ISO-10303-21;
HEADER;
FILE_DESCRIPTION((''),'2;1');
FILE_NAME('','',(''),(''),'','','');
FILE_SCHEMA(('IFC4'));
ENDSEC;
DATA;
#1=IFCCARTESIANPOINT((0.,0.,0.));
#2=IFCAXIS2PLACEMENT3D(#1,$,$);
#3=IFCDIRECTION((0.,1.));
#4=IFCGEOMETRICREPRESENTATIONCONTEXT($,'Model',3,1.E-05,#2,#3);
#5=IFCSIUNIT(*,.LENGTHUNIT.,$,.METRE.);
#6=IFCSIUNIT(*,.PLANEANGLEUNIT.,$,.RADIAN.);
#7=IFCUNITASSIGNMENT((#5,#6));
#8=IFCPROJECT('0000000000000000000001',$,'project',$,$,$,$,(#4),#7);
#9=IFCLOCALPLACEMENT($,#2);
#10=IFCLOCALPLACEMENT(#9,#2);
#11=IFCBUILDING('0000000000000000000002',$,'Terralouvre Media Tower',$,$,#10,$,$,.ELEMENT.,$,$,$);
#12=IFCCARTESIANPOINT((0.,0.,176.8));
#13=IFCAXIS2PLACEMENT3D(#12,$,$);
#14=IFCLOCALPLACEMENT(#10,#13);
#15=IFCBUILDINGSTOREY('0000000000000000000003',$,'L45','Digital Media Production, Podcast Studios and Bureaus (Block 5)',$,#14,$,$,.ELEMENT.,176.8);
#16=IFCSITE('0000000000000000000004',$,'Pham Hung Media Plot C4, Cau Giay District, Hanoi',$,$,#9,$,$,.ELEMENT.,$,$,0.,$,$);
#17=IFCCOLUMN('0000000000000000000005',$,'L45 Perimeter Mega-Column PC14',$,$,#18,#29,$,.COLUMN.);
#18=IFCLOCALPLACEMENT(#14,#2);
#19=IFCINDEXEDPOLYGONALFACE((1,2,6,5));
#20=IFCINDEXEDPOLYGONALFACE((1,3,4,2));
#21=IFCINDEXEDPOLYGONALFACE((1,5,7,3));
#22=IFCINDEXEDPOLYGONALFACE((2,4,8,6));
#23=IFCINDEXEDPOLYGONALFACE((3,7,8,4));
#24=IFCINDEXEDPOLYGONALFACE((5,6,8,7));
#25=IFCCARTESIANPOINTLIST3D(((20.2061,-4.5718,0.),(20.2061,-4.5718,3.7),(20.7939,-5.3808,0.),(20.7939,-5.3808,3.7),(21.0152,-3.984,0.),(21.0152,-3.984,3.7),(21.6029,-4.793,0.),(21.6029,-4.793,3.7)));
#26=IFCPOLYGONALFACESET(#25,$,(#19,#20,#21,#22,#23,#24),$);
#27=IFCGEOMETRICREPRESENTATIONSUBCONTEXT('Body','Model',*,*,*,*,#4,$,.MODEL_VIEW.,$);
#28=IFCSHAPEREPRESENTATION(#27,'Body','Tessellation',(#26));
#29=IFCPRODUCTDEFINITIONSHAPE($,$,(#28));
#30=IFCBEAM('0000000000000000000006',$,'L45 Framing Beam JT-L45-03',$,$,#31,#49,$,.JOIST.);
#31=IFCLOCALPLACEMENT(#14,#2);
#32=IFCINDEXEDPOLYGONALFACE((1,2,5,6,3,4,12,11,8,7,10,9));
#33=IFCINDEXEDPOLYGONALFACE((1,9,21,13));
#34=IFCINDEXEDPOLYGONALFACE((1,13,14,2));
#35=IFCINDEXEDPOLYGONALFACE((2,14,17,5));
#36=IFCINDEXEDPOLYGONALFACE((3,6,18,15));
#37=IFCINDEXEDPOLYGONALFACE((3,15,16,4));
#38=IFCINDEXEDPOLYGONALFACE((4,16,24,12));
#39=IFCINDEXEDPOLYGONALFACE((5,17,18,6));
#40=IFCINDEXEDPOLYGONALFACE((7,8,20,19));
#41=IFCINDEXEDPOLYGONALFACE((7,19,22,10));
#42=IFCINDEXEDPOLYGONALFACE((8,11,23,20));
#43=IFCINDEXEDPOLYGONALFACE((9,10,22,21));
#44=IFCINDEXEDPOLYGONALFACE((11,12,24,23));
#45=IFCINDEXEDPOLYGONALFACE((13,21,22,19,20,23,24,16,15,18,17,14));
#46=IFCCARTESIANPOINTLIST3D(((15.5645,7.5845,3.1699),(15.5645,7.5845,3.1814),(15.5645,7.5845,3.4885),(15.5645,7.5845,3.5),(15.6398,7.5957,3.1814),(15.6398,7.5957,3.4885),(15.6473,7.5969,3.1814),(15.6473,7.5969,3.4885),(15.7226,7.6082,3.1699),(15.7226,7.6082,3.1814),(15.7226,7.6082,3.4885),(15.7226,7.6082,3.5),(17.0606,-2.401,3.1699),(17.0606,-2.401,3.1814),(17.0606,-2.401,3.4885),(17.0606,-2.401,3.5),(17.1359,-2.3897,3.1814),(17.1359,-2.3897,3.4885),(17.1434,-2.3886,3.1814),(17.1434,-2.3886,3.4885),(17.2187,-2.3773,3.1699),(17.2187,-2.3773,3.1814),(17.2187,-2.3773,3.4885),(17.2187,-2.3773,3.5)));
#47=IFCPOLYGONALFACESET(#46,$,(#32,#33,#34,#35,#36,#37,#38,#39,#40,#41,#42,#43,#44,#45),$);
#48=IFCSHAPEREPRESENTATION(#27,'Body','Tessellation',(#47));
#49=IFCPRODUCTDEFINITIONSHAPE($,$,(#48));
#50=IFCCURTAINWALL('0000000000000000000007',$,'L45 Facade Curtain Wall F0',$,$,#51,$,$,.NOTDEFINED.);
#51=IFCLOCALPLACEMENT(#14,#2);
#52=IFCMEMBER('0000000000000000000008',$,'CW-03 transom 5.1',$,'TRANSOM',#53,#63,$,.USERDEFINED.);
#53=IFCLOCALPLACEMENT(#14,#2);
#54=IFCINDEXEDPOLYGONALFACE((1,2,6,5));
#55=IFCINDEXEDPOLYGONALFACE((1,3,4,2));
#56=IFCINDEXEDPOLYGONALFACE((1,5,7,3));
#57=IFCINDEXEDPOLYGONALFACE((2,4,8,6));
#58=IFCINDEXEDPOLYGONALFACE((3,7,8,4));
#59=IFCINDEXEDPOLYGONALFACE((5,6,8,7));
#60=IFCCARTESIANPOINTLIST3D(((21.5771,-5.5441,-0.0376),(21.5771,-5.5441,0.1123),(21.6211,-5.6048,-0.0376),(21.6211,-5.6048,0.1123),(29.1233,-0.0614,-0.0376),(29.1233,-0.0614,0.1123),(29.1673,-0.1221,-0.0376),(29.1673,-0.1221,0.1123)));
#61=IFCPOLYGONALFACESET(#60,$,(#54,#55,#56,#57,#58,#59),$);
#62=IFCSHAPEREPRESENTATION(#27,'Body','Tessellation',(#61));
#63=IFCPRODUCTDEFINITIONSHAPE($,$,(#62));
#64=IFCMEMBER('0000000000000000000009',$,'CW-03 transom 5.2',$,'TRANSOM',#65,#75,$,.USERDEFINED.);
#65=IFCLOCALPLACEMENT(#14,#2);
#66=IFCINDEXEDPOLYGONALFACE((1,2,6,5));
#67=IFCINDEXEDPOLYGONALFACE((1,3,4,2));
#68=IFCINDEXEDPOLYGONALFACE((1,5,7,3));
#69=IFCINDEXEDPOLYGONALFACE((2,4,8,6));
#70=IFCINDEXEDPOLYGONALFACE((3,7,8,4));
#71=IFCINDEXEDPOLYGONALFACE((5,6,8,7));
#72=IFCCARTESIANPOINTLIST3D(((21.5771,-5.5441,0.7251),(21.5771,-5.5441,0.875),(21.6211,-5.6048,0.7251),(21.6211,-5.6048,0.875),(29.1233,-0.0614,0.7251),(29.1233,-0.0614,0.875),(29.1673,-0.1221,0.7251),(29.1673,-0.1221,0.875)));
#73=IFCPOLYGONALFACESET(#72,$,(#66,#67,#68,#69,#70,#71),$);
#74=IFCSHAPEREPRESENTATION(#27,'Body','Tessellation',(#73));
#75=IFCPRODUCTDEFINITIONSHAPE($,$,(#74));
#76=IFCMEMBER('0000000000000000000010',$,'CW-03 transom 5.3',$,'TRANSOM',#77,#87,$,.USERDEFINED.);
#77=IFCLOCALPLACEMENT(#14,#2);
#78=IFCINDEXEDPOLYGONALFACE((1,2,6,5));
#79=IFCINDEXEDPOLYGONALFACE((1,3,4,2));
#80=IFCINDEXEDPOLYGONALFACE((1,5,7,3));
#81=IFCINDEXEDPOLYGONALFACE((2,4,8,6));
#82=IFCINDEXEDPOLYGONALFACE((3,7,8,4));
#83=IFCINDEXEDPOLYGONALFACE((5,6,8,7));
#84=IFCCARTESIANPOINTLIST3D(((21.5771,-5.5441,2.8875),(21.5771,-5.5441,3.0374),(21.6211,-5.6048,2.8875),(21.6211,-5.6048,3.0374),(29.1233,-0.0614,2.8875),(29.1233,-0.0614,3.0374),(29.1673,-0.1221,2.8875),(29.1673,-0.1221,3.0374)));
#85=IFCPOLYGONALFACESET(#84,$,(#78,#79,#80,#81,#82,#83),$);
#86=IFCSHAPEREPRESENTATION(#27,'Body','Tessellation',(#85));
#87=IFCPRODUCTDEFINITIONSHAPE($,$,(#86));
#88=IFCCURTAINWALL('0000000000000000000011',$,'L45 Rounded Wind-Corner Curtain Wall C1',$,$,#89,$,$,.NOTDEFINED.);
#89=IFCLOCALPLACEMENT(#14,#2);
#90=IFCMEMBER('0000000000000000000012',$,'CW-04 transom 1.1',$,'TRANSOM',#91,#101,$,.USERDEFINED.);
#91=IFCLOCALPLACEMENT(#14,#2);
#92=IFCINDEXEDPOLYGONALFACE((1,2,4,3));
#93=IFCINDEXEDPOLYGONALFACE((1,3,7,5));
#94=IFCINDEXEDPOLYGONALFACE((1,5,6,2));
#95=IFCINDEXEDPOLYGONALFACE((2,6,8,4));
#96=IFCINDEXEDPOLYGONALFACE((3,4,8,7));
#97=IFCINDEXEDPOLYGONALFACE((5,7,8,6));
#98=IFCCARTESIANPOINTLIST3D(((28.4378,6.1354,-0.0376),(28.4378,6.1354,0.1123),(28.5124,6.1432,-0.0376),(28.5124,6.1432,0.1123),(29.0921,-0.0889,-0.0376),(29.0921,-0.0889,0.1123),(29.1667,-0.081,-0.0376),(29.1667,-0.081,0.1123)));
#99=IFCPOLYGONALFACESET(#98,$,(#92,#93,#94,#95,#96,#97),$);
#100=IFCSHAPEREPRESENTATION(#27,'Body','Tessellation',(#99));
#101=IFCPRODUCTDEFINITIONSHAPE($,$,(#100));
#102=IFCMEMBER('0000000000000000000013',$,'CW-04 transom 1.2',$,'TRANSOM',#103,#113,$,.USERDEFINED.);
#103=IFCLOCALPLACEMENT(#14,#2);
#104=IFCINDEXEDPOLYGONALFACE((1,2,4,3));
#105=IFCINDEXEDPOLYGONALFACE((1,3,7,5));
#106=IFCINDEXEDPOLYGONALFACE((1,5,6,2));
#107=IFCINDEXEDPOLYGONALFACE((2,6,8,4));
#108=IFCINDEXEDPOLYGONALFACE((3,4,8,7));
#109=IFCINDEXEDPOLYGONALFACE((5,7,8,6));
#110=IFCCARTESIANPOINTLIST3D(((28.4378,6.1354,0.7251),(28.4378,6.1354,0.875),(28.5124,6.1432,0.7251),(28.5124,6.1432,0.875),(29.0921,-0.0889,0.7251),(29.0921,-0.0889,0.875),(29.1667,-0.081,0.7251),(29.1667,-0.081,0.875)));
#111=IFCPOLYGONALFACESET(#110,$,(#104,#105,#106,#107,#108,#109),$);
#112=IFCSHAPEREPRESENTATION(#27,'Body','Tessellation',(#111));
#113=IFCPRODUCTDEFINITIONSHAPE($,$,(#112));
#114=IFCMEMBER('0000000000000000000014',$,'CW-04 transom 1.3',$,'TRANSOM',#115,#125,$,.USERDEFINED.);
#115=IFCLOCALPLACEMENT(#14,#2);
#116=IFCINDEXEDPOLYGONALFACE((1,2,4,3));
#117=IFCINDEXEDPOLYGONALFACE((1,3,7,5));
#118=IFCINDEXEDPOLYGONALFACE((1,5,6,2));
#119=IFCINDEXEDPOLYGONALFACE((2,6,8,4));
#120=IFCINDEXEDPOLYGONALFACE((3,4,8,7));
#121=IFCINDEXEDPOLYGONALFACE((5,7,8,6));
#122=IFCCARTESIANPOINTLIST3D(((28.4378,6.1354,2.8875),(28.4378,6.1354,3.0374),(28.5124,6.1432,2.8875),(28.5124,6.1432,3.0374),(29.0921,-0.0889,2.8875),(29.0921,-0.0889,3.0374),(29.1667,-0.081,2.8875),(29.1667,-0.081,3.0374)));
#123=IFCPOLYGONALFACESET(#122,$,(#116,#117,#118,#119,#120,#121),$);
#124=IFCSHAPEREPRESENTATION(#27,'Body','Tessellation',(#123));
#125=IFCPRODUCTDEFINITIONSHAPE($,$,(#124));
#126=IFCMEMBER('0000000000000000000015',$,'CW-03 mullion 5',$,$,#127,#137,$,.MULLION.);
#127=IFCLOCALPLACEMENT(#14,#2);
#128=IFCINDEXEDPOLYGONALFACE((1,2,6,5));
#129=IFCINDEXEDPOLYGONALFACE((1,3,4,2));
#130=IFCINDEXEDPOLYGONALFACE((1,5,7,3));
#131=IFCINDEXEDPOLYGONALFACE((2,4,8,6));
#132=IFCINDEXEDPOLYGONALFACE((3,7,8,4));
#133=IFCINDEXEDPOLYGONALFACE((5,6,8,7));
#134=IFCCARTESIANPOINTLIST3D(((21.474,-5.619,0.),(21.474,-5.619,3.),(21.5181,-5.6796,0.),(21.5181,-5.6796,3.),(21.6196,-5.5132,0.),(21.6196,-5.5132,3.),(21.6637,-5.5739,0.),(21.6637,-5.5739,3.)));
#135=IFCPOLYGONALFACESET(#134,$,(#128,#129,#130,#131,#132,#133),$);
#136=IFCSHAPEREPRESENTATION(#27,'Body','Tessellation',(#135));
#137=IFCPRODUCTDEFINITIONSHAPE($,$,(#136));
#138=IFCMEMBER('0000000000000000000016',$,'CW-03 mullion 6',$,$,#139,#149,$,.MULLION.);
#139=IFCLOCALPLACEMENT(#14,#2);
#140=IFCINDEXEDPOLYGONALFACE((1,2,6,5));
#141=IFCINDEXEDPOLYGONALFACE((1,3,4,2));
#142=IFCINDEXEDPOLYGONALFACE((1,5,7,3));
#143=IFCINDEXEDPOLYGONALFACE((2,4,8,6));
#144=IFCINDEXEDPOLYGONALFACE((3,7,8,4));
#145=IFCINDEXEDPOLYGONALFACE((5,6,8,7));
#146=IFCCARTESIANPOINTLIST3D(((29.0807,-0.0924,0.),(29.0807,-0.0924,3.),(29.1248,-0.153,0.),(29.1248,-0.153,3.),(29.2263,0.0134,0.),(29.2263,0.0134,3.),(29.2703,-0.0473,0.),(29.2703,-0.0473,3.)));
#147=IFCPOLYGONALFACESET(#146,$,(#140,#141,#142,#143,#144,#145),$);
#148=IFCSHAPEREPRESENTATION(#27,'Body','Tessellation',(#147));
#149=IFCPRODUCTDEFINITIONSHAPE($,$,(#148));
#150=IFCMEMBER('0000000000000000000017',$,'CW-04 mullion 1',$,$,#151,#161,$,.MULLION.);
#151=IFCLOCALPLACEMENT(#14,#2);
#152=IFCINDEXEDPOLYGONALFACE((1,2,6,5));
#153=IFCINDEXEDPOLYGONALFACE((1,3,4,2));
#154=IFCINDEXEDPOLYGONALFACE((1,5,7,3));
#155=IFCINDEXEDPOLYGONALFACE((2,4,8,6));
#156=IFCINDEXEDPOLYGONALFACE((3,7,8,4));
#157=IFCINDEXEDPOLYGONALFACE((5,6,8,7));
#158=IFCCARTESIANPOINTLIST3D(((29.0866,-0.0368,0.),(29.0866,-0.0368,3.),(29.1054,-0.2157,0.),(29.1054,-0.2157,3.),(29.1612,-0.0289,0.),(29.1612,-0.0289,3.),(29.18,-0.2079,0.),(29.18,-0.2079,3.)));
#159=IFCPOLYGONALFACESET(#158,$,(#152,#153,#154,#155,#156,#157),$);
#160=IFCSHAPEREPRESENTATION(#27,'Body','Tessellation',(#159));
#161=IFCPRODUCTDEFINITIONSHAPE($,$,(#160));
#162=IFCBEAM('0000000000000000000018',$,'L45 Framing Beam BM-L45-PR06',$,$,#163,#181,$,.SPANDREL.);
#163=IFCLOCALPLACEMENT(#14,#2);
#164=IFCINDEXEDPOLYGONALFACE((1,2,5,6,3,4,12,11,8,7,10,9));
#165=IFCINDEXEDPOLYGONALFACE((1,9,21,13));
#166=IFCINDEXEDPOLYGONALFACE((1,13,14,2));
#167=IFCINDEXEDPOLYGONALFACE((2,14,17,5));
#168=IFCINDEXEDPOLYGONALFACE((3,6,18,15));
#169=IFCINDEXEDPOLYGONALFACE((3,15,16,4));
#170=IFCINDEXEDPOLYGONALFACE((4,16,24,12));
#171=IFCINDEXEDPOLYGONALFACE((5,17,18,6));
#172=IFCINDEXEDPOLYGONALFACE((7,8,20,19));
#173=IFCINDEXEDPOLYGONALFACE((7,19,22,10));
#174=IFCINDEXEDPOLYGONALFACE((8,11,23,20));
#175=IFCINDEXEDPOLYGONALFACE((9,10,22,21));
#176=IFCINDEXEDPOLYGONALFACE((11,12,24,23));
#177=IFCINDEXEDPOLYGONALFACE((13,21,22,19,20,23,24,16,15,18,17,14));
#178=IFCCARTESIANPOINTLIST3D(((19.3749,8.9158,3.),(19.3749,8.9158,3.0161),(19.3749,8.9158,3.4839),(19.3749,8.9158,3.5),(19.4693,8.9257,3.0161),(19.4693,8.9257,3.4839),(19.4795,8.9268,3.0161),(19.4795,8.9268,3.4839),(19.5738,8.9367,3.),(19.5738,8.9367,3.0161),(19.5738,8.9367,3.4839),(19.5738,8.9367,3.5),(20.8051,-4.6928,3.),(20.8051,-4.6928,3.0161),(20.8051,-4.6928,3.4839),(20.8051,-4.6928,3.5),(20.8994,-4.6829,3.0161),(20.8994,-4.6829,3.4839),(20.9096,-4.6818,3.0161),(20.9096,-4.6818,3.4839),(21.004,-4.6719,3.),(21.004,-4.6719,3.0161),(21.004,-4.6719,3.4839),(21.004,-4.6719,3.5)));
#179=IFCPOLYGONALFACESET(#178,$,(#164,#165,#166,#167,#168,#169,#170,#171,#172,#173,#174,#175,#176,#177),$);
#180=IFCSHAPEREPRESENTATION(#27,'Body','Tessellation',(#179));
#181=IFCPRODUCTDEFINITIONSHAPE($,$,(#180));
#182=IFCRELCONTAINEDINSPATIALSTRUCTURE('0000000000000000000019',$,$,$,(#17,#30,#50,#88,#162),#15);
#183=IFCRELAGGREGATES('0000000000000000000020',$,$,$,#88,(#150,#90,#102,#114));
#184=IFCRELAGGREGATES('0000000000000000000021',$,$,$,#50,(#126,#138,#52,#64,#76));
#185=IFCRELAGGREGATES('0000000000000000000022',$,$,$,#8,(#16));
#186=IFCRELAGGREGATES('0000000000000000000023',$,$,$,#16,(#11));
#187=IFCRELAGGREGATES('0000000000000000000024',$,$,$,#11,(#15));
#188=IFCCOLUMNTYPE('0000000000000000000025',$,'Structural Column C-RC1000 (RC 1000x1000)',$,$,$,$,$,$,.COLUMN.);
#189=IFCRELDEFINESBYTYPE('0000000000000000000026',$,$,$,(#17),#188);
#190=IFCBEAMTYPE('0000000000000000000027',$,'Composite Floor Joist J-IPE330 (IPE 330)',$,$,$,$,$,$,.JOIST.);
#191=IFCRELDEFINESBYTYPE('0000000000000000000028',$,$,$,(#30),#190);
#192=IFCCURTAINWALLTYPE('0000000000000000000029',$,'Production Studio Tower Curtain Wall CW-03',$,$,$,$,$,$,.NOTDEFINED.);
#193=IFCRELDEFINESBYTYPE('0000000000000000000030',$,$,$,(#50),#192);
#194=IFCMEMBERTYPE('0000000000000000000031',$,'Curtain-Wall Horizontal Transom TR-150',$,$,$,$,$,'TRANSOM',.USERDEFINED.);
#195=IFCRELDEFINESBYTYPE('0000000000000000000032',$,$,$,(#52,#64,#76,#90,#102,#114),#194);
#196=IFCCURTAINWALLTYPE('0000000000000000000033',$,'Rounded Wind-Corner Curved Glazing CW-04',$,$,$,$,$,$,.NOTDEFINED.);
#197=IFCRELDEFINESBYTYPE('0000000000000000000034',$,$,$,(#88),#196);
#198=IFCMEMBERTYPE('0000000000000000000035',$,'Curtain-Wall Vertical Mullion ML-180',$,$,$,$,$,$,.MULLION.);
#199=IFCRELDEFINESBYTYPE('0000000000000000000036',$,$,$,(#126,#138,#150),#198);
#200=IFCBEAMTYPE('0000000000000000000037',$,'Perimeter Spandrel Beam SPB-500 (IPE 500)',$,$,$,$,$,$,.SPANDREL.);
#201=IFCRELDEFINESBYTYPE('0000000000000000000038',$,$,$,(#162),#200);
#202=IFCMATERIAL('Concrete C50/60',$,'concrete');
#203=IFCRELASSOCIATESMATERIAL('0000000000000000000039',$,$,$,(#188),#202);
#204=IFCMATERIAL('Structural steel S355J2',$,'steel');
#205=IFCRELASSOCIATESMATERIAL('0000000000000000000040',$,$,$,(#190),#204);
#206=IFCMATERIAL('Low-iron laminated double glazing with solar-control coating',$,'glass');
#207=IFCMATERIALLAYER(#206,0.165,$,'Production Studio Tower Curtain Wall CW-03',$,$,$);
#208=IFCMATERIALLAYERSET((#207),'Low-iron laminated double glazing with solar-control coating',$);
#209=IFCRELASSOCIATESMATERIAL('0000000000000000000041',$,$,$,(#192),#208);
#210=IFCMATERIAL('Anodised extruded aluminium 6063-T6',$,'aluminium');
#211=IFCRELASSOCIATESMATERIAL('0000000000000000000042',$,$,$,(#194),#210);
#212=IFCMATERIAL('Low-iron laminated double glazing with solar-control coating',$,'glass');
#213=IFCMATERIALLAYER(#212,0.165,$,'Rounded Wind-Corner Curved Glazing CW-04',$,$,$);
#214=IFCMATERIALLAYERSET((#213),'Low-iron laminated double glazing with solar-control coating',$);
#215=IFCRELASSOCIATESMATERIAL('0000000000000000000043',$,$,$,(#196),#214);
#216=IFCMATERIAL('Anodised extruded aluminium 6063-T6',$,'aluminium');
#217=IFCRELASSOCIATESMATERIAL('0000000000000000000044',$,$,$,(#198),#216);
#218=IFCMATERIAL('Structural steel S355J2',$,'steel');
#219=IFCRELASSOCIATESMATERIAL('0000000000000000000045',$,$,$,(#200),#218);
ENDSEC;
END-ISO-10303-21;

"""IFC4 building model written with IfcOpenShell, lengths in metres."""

from ifc_helpers import new_model, si_unit, direction, frame, origin, origin_2d, place, context, subcontext, project, spatial, rectangle, i_section, extrude, material, layer, layer_set, material_profile, profile_set, type_object, element, aggregate, save


model = new_model("IFC4")

# Units and contexts
model_context = context("Model", 3, precision=1e-05, world=origin(), true_north=direction((0.0, 1.0)))
body_context = subcontext(model_context, "Body", "Model", "MODEL_VIEW")
ifc_project = project(units=[si_unit("LENGTHUNIT", "METRE"), si_unit("PLANEANGLEUNIT", "RADIAN")], contexts=[model_context])

# Site, building, storey
site_placement = place(None, origin())
site = spatial("IfcSite", under=ifc_project, at=site_placement, Name="Pham Hung Media Plot C4, Cau Giay District, Hanoi", CompositionType="ELEMENT", RefElevation=0.0)
building_placement = place(site_placement, origin())
building = spatial("IfcBuilding", under=site, at=building_placement, Name="Terralouvre Media Tower", CompositionType="ELEMENT")
storey_placement = place(building_placement, frame((0.0, 0.0, 176.8)))
storey = spatial("IfcBuildingStorey", under=building, at=storey_placement, Name="L45", Description="Digital Media Production, Podcast Studios and Bureaus (Block 5)", CompositionType="ELEMENT", Elevation=176.8)

# Column
ifc_material_1 = material(Name="Concrete C50/60", Category="concrete")
ifc_material_profile_1 = material_profile(ifc_material_1, rectangle(XDim=1.0, YDim=1.0, at=origin_2d()), Name="RC 1000x1000")
ifc_profile_set_1 = profile_set([ifc_material_profile_1], Name="Concrete C50/60")
column_type = type_object("IfcColumnType", Name="Structural Column C-RC1000 (RC 1000x1000)", PredefinedType="COLUMN", material=ifc_profile_set_1)
column_placement = place(storey_placement, frame((20.9045, -4.6824, 0.0), z_axis=(0.0, 0.0, 1.0), x_axis=(0.809017, 0.587785, 0.0)))
element("IfcColumn", 1, at=column_placement, inside=storey, type_object=column_type, Name="L45 Perimeter Mega-Column PC14", PredefinedType="COLUMN", context=body_context, shape_type="SweptSolid", body=[
    extrude(rectangle(XDim=1.0, YDim=1.0, at=origin_2d()), origin(), (0.0, 0.0, 1.0), 3.7),
])

# Beam
ifc_material_2 = material(Name="Structural steel S355J2", Category="steel")
ifc_material_profile_2 = material_profile(ifc_material_2, i_section(OverallWidth=0.1599, OverallDepth=0.3301, WebThickness=0.0076, FlangeThickness=0.0115, at=origin_2d()), Name="IPE 330")
ifc_profile_set_2 = profile_set([ifc_material_profile_2], Name="Structural steel S355J2")
beam_type_1 = type_object("IfcBeamType", Name="Composite Floor Joist J-IPE330 (IPE 330)", PredefinedType="JOIST", material=ifc_profile_set_2)
beam_1_placement = place(storey_placement, frame((17.1396, -2.3892, 3.335), z_axis=(-0.148175, 0.988961, 0.0), x_axis=(-0.988961, -0.148175, 0.0)))
element("IfcBeam", 2, at=beam_1_placement, inside=storey, type_object=beam_type_1, Name="L45 Framing Beam JT-L45-03", PredefinedType="JOIST", context=body_context, shape_type="SweptSolid", body=[
    extrude(i_section(OverallWidth=0.1599, OverallDepth=0.3301, WebThickness=0.0076, FlangeThickness=0.0115, at=origin_2d()), origin(), (0.0, 0.0, 1.0), 10.0969),
])

# Curtain walls, members
ifc_material_3 = material(Name="Low-iron laminated double glazing with solar-control coating", Category="glass")
ifc_layer_1 = layer(ifc_material_3, 0.165, Name="Production Studio Tower Curtain Wall CW-03")
ifc_layer_set_1 = layer_set([ifc_layer_1], Name="Low-iron laminated double glazing with solar-control coating")
curtain_wall_type_1 = type_object("IfcCurtainWallType", Name="Production Studio Tower Curtain Wall CW-03", PredefinedType="NOTDEFINED", material=ifc_layer_set_1)
curtain_wall_1_placement = place(storey_placement, origin())
curtain_wall_1 = element("IfcCurtainWall", 3, at=curtain_wall_1_placement, inside=storey, type_object=curtain_wall_type_1, Name="L45 Facade Curtain Wall F0", PredefinedType="NOTDEFINED")
ifc_material_4 = material(Name="Anodised extruded aluminium 6063-T6", Category="aluminium")
ifc_material_profile_3 = material_profile(ifc_material_4, rectangle(XDim=0.075, YDim=0.1499, at=origin_2d()), Name="ALU 75x150")
ifc_profile_set_3 = profile_set([ifc_material_profile_3], Name="Anodised extruded aluminium 6063-T6")
member_type_1 = type_object("IfcMemberType", Name="Curtain-Wall Horizontal Transom TR-150", ElementType="TRANSOM", PredefinedType="USERDEFINED", material=ifc_profile_set_3)
member_1_placement = place(storey_placement, frame((21.5991, -5.5745, 0.0374), z_axis=(0.809013, 0.58779, 0.0), x_axis=(-0.58779, 0.809013, 0.0)))
member_1 = element("IfcMember", 4, at=member_1_placement, type_object=member_type_1, Name="CW-03 transom 5.1", ObjectType="TRANSOM", PredefinedType="USERDEFINED", context=body_context, shape_type="SweptSolid", body=[
    extrude(rectangle(XDim=0.075, YDim=0.1499, at=origin_2d()), origin(), (0.0, 0.0, 1.0), 9.3276),
])
member_2_placement = place(storey_placement, frame((21.5991, -5.5745, 0.8), z_axis=(0.809013, 0.58779, 0.0), x_axis=(-0.58779, 0.809013, 0.0)))
member_2 = element("IfcMember", 5, at=member_2_placement, type_object=member_type_1, Name="CW-03 transom 5.2", ObjectType="TRANSOM", PredefinedType="USERDEFINED", context=body_context, shape_type="SweptSolid", body=[
    extrude(rectangle(XDim=0.075, YDim=0.1499, at=origin_2d()), origin(), (0.0, 0.0, 1.0), 9.3276),
])
member_3_placement = place(storey_placement, frame((21.5991, -5.5745, 2.9624), z_axis=(0.809013, 0.58779, 0.0), x_axis=(-0.58779, 0.809013, 0.0)))
member_3 = element("IfcMember", 6, at=member_3_placement, type_object=member_type_1, Name="CW-03 transom 5.3", ObjectType="TRANSOM", PredefinedType="USERDEFINED", context=body_context, shape_type="SweptSolid", body=[
    extrude(rectangle(XDim=0.075, YDim=0.1499, at=origin_2d()), origin(), (0.0, 0.0, 1.0), 9.3276),
])
ifc_material_5 = material(Name="Low-iron laminated double glazing with solar-control coating", Category="glass")
ifc_layer_2 = layer(ifc_material_5, 0.165, Name="Rounded Wind-Corner Curved Glazing CW-04")
ifc_layer_set_2 = layer_set([ifc_layer_2], Name="Low-iron laminated double glazing with solar-control coating")
curtain_wall_type_2 = type_object("IfcCurtainWallType", Name="Rounded Wind-Corner Curved Glazing CW-04", PredefinedType="NOTDEFINED", material=ifc_layer_set_2)
curtain_wall_2_placement = place(storey_placement, origin())
curtain_wall_2 = element("IfcCurtainWall", 7, at=curtain_wall_2_placement, inside=storey, type_object=curtain_wall_type_2, Name="L45 Rounded Wind-Corner Curtain Wall C1", PredefinedType="NOTDEFINED")
member_4_placement = place(storey_placement, frame((29.1294, -0.085, 0.0374), z_axis=(-0.104543, 0.99452, 0.0), x_axis=(-0.99452, -0.104543, 0.0)))
member_4 = element("IfcMember", 8, at=member_4_placement, type_object=member_type_1, Name="CW-04 transom 1.1", ObjectType="TRANSOM", PredefinedType="USERDEFINED", context=body_context, shape_type="SweptSolid", body=[
    extrude(rectangle(XDim=0.075, YDim=0.1499, at=origin_2d()), origin(), (0.0, 0.0, 1.0), 6.2585),
])
member_5_placement = place(storey_placement, frame((29.1294, -0.085, 0.8), z_axis=(-0.104543, 0.99452, 0.0), x_axis=(-0.99452, -0.104543, 0.0)))
member_5 = element("IfcMember", 9, at=member_5_placement, type_object=member_type_1, Name="CW-04 transom 1.2", ObjectType="TRANSOM", PredefinedType="USERDEFINED", context=body_context, shape_type="SweptSolid", body=[
    extrude(rectangle(XDim=0.075, YDim=0.1499, at=origin_2d()), origin(), (0.0, 0.0, 1.0), 6.2585),
])
member_6_placement = place(storey_placement, frame((29.1294, -0.085, 2.9624), z_axis=(-0.104543, 0.99452, 0.0), x_axis=(-0.99452, -0.104543, 0.0)))
member_6 = element("IfcMember", 10, at=member_6_placement, type_object=member_type_1, Name="CW-04 transom 1.3", ObjectType="TRANSOM", PredefinedType="USERDEFINED", context=body_context, shape_type="SweptSolid", body=[
    extrude(rectangle(XDim=0.075, YDim=0.1499, at=origin_2d()), origin(), (0.0, 0.0, 1.0), 6.2585),
])

# Members
ifc_material_6 = material(Name="Anodised extruded aluminium 6063-T6", Category="aluminium")
ifc_material_profile_4 = material_profile(ifc_material_6, rectangle(XDim=0.075, YDim=0.1799, at=origin_2d()), Name="ALU 75x180")
ifc_profile_set_4 = profile_set([ifc_material_profile_4], Name="Anodised extruded aluminium 6063-T6")
member_type_2 = type_object("IfcMemberType", Name="Curtain-Wall Vertical Mullion ML-180", PredefinedType="MULLION", material=ifc_profile_set_4)
member_7_placement = place(storey_placement, frame((21.5688, -5.5964, 0.0), z_axis=(0.0, 0.0, 1.0), x_axis=(-0.587785, 0.809017, 0.0)))
member_7 = element("IfcMember", 11, at=member_7_placement, type_object=member_type_2, Name="CW-03 mullion 5", PredefinedType="MULLION", context=body_context, shape_type="SweptSolid", body=[
    extrude(rectangle(XDim=0.075, YDim=0.1799, at=origin_2d()), origin(), (0.0, 0.0, 1.0), 3.0),
])
member_8_placement = place(storey_placement, frame((29.1755, -0.0698, 0.0), z_axis=(0.0, 0.0, 1.0), x_axis=(-0.587785, 0.809017, 0.0)))
member_8 = element("IfcMember", 12, at=member_8_placement, type_object=member_type_2, Name="CW-03 mullion 6", PredefinedType="MULLION", context=body_context, shape_type="SweptSolid", body=[
    extrude(rectangle(XDim=0.075, YDim=0.1799, at=origin_2d()), origin(), (0.0, 0.0, 1.0), 3.0),
])
member_9_placement = place(storey_placement, frame((29.1333, -0.1223, 0.0), z_axis=(0.0, 0.0, 1.0), x_axis=(-0.994522, -0.104529, 0.0)))
member_9 = element("IfcMember", 13, at=member_9_placement, type_object=member_type_2, Name="CW-04 mullion 1", PredefinedType="MULLION", context=body_context, shape_type="SweptSolid", body=[
    extrude(rectangle(XDim=0.075, YDim=0.1799, at=origin_2d()), origin(), (0.0, 0.0, 1.0), 3.0),
])
aggregate(curtain_wall_2, [member_9, member_4, member_5, member_6])

# Beam
ifc_material_7 = material(Name="Structural steel S355J2", Category="steel")
ifc_material_profile_5 = material_profile(ifc_material_7, i_section(OverallWidth=0.2, OverallDepth=0.5, WebThickness=0.0103, FlangeThickness=0.0161, at=origin_2d()), Name="IPE 500")
ifc_profile_set_5 = profile_set([ifc_material_profile_5], Name="Structural steel S355J2")
beam_type_2 = type_object("IfcBeamType", Name="Perimeter Spandrel Beam SPB-500 (IPE 500)", PredefinedType="SPANDREL", material=ifc_profile_set_5)
beam_2_placement = place(storey_placement, frame((20.9045, -4.6824, 3.25), z_axis=(-0.104518, 0.994523, 0.0), x_axis=(-0.994523, -0.104518, 0.0)))
element("IfcBeam", 14, at=beam_2_placement, inside=storey, type_object=beam_type_2, Name="L45 Framing Beam BM-L45-PR06", PredefinedType="SPANDREL", context=body_context, shape_type="SweptSolid", body=[
    extrude(i_section(OverallWidth=0.2, OverallDepth=0.5, WebThickness=0.0103, FlangeThickness=0.0161, at=origin_2d()), origin(), (0.0, 0.0, 1.0), 13.6836),
])

aggregate(curtain_wall_1, [member_7, member_8, member_1, member_2, member_3])

save(model, "model.ifc")
